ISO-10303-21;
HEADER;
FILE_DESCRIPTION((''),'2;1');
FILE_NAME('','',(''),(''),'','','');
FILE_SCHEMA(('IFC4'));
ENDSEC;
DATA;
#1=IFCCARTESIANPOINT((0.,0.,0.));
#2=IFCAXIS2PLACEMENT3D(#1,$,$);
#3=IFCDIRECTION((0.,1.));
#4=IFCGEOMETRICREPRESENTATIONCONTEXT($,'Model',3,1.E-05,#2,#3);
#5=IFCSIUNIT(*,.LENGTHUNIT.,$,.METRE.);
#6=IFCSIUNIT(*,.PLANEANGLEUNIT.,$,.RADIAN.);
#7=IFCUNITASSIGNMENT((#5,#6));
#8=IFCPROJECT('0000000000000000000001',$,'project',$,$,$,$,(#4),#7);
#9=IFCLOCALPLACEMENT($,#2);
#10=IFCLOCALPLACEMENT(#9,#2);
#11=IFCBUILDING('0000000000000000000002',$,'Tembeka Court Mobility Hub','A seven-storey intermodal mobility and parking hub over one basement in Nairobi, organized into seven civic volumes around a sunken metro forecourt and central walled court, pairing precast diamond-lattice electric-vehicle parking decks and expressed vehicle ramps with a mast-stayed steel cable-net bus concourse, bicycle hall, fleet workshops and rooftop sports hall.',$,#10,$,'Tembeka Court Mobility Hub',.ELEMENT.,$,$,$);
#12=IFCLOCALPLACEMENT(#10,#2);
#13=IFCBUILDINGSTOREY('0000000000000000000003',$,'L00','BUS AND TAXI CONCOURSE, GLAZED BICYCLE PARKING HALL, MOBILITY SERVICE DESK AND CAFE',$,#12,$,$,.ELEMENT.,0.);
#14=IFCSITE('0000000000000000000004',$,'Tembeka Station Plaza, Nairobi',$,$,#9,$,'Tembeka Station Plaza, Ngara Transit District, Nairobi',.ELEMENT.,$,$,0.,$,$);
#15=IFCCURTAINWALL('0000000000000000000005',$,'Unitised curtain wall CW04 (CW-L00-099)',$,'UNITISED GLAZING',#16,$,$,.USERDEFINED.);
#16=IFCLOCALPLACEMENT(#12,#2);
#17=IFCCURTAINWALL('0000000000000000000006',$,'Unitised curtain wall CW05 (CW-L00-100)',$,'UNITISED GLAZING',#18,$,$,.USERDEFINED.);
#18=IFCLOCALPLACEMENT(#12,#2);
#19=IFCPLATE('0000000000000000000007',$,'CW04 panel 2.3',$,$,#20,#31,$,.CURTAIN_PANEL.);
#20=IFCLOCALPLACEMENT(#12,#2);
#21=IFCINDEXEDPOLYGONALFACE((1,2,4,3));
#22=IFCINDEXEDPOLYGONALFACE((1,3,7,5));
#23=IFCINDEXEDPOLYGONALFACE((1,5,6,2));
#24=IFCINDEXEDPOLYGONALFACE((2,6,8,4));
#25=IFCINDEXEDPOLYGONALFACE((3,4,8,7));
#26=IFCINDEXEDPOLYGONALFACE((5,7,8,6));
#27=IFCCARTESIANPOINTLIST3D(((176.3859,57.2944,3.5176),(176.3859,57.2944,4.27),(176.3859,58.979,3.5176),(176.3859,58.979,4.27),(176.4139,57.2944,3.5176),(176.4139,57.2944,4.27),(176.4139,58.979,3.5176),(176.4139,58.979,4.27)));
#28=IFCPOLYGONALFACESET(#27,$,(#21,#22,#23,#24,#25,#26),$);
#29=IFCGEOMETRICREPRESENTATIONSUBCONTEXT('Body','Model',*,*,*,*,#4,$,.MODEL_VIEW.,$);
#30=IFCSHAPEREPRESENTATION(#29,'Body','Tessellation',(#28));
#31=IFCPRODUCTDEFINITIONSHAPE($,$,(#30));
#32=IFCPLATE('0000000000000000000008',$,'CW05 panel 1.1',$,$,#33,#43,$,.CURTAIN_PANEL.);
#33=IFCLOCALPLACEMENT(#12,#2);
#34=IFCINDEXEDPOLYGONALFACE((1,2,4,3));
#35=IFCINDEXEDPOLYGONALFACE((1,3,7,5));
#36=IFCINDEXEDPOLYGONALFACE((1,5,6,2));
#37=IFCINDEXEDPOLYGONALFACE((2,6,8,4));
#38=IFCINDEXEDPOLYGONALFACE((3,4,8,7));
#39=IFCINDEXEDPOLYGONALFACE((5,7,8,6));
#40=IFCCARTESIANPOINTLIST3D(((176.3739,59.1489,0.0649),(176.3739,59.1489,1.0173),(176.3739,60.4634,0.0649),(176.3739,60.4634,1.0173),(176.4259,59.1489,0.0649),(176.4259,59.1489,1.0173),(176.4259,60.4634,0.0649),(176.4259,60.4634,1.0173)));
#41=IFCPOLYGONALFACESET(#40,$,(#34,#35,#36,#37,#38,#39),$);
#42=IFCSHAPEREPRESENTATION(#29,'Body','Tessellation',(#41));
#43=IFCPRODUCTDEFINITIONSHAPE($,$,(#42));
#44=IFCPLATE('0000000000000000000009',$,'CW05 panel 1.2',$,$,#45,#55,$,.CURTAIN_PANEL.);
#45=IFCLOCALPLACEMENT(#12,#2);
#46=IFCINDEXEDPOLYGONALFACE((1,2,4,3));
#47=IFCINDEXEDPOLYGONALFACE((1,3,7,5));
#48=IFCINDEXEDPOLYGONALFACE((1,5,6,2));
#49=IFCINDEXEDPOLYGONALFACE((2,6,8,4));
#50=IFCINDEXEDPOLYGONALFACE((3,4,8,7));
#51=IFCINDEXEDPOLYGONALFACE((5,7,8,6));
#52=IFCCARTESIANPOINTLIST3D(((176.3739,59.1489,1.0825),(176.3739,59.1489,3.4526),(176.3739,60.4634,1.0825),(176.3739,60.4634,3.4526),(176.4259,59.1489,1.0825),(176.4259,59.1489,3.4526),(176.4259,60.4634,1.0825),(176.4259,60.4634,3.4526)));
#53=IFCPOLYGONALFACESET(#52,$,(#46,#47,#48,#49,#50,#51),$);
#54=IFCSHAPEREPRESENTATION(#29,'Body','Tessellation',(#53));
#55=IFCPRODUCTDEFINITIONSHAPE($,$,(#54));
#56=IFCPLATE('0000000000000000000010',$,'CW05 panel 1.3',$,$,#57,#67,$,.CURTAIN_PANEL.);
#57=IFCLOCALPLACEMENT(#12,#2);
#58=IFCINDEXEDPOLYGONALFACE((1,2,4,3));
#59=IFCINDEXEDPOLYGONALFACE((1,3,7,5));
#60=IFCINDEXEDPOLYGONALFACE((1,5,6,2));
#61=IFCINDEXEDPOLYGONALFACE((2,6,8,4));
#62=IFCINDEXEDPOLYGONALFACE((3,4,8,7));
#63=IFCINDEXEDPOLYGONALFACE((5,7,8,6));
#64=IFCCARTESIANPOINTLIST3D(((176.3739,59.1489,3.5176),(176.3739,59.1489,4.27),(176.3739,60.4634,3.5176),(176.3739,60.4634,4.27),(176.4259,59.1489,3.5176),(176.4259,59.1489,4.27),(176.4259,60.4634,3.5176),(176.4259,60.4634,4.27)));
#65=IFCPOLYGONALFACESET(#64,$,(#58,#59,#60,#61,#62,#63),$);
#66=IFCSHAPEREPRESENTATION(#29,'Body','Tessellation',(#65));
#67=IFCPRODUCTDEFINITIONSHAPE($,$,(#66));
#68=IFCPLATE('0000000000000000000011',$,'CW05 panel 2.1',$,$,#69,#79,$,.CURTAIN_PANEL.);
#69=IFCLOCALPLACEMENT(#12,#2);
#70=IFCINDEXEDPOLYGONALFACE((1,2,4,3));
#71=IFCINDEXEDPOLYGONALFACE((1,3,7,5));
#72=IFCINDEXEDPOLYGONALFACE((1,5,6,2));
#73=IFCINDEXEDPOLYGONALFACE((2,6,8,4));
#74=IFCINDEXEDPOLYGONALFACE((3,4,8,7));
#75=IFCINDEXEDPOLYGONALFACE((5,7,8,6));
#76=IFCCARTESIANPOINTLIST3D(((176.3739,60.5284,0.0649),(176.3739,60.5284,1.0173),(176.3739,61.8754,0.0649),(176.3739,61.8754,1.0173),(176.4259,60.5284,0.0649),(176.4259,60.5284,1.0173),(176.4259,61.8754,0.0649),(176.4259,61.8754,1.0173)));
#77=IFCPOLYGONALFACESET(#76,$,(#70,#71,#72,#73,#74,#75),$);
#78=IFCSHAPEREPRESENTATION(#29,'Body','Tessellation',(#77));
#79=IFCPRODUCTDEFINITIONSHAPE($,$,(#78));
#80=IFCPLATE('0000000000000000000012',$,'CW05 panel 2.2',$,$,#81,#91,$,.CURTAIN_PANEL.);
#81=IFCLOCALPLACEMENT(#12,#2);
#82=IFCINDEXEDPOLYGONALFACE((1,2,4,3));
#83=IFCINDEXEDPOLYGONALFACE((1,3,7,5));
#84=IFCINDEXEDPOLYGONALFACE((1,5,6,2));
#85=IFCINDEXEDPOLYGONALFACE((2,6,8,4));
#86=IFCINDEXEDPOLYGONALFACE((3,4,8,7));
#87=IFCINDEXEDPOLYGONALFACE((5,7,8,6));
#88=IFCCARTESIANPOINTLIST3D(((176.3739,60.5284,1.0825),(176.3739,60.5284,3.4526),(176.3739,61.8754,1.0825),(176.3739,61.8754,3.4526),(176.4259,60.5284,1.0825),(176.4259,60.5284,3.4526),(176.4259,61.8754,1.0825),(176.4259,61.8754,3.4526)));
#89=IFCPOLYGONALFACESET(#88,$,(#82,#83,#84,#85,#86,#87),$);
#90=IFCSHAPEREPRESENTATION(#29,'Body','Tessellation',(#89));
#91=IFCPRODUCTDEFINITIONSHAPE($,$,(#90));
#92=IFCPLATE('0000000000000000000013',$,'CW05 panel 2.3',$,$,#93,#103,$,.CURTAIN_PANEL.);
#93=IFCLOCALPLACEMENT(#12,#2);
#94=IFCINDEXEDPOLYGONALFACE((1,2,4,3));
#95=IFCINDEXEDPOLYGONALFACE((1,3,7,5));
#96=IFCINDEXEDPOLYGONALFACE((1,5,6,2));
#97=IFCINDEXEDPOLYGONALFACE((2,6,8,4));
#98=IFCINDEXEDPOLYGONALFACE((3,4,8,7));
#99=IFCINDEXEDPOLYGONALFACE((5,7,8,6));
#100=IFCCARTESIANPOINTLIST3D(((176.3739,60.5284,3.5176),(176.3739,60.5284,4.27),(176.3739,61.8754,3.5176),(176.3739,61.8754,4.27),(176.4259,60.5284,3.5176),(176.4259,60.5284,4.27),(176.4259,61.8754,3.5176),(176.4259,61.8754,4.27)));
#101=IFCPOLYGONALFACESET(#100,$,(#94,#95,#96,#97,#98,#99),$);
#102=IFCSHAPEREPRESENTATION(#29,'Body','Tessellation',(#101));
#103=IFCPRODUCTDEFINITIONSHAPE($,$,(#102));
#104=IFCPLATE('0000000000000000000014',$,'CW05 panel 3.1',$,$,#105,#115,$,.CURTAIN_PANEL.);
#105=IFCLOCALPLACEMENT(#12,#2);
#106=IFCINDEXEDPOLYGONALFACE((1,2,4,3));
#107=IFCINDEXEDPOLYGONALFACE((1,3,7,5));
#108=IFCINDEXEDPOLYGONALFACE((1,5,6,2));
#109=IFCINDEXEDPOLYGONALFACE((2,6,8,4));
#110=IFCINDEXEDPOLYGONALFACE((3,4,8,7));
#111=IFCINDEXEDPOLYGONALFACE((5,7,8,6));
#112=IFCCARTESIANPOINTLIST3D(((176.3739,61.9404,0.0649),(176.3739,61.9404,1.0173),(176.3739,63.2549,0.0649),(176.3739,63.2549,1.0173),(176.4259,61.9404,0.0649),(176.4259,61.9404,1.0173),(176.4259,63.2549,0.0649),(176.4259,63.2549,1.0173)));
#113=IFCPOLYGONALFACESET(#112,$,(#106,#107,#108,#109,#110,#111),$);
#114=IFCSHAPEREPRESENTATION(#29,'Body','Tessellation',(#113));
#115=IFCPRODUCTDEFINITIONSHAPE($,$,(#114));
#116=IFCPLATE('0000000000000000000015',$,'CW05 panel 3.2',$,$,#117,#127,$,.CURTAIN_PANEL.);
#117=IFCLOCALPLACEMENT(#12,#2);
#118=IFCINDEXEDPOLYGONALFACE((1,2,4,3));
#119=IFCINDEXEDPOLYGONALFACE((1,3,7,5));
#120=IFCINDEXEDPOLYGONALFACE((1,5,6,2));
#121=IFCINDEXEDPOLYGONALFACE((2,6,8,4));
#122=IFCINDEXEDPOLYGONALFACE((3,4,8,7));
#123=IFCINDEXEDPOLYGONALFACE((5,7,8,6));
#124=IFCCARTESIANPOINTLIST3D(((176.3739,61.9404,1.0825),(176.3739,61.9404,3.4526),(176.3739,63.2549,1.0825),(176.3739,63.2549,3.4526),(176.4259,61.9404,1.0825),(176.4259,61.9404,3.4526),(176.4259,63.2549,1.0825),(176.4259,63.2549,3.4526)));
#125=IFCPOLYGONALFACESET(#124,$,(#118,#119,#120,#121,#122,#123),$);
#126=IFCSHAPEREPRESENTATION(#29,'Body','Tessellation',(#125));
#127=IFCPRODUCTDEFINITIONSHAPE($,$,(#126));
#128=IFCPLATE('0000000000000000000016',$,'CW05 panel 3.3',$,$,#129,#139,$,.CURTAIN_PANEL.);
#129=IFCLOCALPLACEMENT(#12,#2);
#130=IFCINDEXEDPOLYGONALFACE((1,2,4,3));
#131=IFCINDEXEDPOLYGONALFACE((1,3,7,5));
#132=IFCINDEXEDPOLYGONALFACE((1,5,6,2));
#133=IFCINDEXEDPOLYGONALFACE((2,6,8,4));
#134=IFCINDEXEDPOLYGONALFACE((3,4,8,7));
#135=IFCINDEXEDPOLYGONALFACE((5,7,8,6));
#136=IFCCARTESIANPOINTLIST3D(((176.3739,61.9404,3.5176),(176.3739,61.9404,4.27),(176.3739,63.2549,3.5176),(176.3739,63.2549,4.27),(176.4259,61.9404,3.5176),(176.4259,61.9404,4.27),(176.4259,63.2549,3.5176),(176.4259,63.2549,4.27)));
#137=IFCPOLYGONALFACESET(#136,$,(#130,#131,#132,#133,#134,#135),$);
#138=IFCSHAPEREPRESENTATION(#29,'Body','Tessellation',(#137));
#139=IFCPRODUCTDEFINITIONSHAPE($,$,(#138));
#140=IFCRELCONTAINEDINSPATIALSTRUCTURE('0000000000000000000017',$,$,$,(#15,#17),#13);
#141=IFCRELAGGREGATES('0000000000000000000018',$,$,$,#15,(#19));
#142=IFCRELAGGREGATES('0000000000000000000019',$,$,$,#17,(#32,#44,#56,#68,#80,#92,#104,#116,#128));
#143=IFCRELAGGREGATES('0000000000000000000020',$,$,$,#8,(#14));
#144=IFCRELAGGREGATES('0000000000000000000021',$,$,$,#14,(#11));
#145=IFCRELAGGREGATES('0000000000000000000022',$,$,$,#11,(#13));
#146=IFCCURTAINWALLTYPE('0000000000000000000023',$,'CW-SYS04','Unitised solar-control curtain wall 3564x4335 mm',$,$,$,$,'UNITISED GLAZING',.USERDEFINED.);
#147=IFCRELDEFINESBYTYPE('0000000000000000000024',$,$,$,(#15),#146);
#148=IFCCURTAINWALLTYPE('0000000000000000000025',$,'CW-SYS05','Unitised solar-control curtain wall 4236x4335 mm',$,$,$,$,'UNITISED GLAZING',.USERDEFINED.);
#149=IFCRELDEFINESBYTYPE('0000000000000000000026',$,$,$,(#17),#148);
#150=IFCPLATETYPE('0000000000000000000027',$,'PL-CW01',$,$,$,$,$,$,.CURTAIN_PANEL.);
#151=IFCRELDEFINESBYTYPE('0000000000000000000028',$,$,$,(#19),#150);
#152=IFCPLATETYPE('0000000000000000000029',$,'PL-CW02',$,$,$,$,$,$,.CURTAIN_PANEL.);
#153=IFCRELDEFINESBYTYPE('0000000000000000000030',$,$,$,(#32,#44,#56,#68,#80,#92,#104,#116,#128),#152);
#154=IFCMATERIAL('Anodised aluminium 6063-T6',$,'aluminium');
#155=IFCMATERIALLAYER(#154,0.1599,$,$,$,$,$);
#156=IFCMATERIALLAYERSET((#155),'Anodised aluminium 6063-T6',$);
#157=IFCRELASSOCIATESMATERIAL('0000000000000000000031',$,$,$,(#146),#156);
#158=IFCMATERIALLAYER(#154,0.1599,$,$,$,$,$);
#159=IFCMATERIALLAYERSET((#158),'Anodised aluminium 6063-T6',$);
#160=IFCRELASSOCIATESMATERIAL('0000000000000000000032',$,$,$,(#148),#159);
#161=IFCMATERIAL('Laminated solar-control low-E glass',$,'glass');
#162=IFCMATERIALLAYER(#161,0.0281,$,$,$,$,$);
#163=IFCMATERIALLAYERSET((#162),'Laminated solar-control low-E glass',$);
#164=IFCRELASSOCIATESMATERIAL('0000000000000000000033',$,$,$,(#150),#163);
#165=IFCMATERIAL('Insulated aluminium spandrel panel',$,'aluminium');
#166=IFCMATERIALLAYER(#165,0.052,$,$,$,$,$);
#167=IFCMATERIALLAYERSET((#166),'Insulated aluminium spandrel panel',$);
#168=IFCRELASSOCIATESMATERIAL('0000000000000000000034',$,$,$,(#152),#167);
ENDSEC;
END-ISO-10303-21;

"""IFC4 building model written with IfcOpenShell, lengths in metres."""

from ifc_helpers import new_model, si_unit, direction, frame, origin, origin_2d, place, context, subcontext, project, spatial, rectangle, extrude, material, layer, layer_set, type_object, element, aggregate, save


model = new_model("IFC4")

# Units and contexts
model_context = context("Model", 3, precision=1e-05, world=origin(), true_north=direction((0.0, 1.0)))
body_context = subcontext(model_context, "Body", "Model", "MODEL_VIEW")
ifc_project = project(units=[si_unit("LENGTHUNIT", "METRE"), si_unit("PLANEANGLEUNIT", "RADIAN")], contexts=[model_context])

# Site, building, storey
site_placement = place(None, origin())
site = spatial("IfcSite", under=ifc_project, at=site_placement, Name="Tembeka Station Plaza, Nairobi", LongName="Tembeka Station Plaza, Ngara Transit District, Nairobi", CompositionType="ELEMENT", RefElevation=0.0)
building_placement = place(site_placement, origin())
building = spatial("IfcBuilding", under=site, at=building_placement, Name="Tembeka Court Mobility Hub", Description="A seven-storey intermodal mobility and parking hub over one basement in Nairobi, organized into seven civic volumes around a sunken metro forecourt and central walled court, pairing precast diamond-lattice electric-vehicle parking decks and expressed vehicle ramps with a mast-stayed steel cable-net bus concourse, bicycle hall, fleet workshops and rooftop sports hall.", LongName="Tembeka Court Mobility Hub", CompositionType="ELEMENT")
storey_placement = place(building_placement, origin())
storey = spatial("IfcBuildingStorey", under=building, at=storey_placement, Name="L00", Description="BUS AND TAXI CONCOURSE, GLAZED BICYCLE PARKING HALL, MOBILITY SERVICE DESK AND CAFE", CompositionType="ELEMENT", Elevation=0.0)

# Curtain wall
ifc_material_1 = material(Name="Anodised aluminium 6063-T6", Category="aluminium")
ifc_layer_1 = layer(ifc_material_1, 0.1599)
ifc_layer_set_1 = layer_set([ifc_layer_1], Name="Anodised aluminium 6063-T6")
curtain_wall_type_1 = type_object("IfcCurtainWallType", Name="CW-SYS04", Description="Unitised solar-control curtain wall 3564x4335 mm", ElementType="UNITISED GLAZING", PredefinedType="USERDEFINED", material=ifc_layer_set_1)
curtain_wall_1_placement = place(storey_placement, origin())
curtain_wall_1 = element("IfcCurtainWall", 1, at=curtain_wall_1_placement, inside=storey, type_object=curtain_wall_type_1, Name="Unitised curtain wall CW04 (CW-L00-099)", ObjectType="UNITISED GLAZING", PredefinedType="USERDEFINED")

# Curtain wall
ifc_layer_2 = layer(ifc_material_1, 0.1599)
ifc_layer_set_2 = layer_set([ifc_layer_2], Name="Anodised aluminium 6063-T6")
curtain_wall_type_2 = type_object("IfcCurtainWallType", Name="CW-SYS05", Description="Unitised solar-control curtain wall 4236x4335 mm", ElementType="UNITISED GLAZING", PredefinedType="USERDEFINED", material=ifc_layer_set_2)
curtain_wall_2_placement = place(storey_placement, origin())
curtain_wall_2 = element("IfcCurtainWall", 2, at=curtain_wall_2_placement, inside=storey, type_object=curtain_wall_type_2, Name="Unitised curtain wall CW05 (CW-L00-100)", ObjectType="UNITISED GLAZING", PredefinedType="USERDEFINED")

# Plates
ifc_material_2 = material(Name="Laminated solar-control low-E glass", Category="glass")
ifc_layer_3 = layer(ifc_material_2, 0.0281)
ifc_layer_set_3 = layer_set([ifc_layer_3], Name="Laminated solar-control low-E glass")
plate_type_1 = type_object("IfcPlateType", Name="PL-CW01", PredefinedType="CURTAIN_PANEL", material=ifc_layer_set_3)
plate_1_placement = place(storey_placement, frame((176.3999, 58.1367, 3.5176), z_axis=(0.0, 0.0, 1.0), x_axis=(0.0, 1.0, 0.0)))
plate_1 = element("IfcPlate", 3, at=plate_1_placement, type_object=plate_type_1, Name="CW04 panel 2.3", PredefinedType="CURTAIN_PANEL", context=body_context, shape_type="SweptSolid", body=[
    extrude(rectangle(XDim=1.6846, YDim=0.0281, at=origin_2d()), origin(), (0.0, 0.0, 1.0), 0.7524),
])
aggregate(curtain_wall_1, [plate_1])
ifc_material_3 = material(Name="Insulated aluminium spandrel panel", Category="aluminium")
ifc_layer_4 = layer(ifc_material_3, 0.052)
ifc_layer_set_4 = layer_set([ifc_layer_4], Name="Insulated aluminium spandrel panel")
plate_type_2 = type_object("IfcPlateType", Name="PL-CW02", PredefinedType="CURTAIN_PANEL", material=ifc_layer_set_4)
plate_2_placement = place(storey_placement, frame((176.3999, 59.8062, 0.0649), z_axis=(0.0, 0.0, 1.0), x_axis=(0.0, 1.0, 0.0)))
plate_2 = element("IfcPlate", 4, at=plate_2_placement, type_object=plate_type_2, Name="CW05 panel 1.1", PredefinedType="CURTAIN_PANEL", context=body_context, shape_type="SweptSolid", body=[
    extrude(rectangle(XDim=1.3145, YDim=0.052, at=origin_2d()), origin(), (0.0, 0.0, 1.0), 0.9524),
])
plate_3_placement = place(storey_placement, frame((176.3999, 59.8062, 1.0825), z_axis=(0.0, 0.0, 1.0), x_axis=(0.0, 1.0, 0.0)))
plate_3 = element("IfcPlate", 5, at=plate_3_placement, type_object=plate_type_2, Name="CW05 panel 1.2", PredefinedType="CURTAIN_PANEL", context=body_context, shape_type="SweptSolid", body=[
    extrude(rectangle(XDim=1.3145, YDim=0.052, at=origin_2d()), origin(), (0.0, 0.0, 1.0), 2.3701),
])
plate_4_placement = place(storey_placement, frame((176.3999, 59.8062, 3.5176), z_axis=(0.0, 0.0, 1.0), x_axis=(0.0, 1.0, 0.0)))
plate_4 = element("IfcPlate", 6, at=plate_4_placement, type_object=plate_type_2, Name="CW05 panel 1.3", PredefinedType="CURTAIN_PANEL", context=body_context, shape_type="SweptSolid", body=[
    extrude(rectangle(XDim=1.3145, YDim=0.052, at=origin_2d()), origin(), (0.0, 0.0, 1.0), 0.7524),
])
plate_5_placement = place(storey_placement, frame((176.3999, 61.2019, 0.0649), z_axis=(0.0, 0.0, 1.0), x_axis=(0.0, 1.0, 0.0)))
plate_5 = element("IfcPlate", 7, at=plate_5_placement, type_object=plate_type_2, Name="CW05 panel 2.1", PredefinedType="CURTAIN_PANEL", context=body_context, shape_type="SweptSolid", body=[
    extrude(rectangle(XDim=1.3469, YDim=0.052, at=origin_2d()), origin(), (0.0, 0.0, 1.0), 0.9524),
])
plate_6_placement = place(storey_placement, frame((176.3999, 61.2019, 1.0825), z_axis=(0.0, 0.0, 1.0), x_axis=(0.0, 1.0, 0.0)))
plate_6 = element("IfcPlate", 8, at=plate_6_placement, type_object=plate_type_2, Name="CW05 panel 2.2", PredefinedType="CURTAIN_PANEL", context=body_context, shape_type="SweptSolid", body=[
    extrude(rectangle(XDim=1.3469, YDim=0.052, at=origin_2d()), origin(), (0.0, 0.0, 1.0), 2.3701),
])
plate_7_placement = place(storey_placement, frame((176.3999, 61.2019, 3.5176), z_axis=(0.0, 0.0, 1.0), x_axis=(0.0, 1.0, 0.0)))
plate_7 = element("IfcPlate", 9, at=plate_7_placement, type_object=plate_type_2, Name="CW05 panel 2.3", PredefinedType="CURTAIN_PANEL", context=body_context, shape_type="SweptSolid", body=[
    extrude(rectangle(XDim=1.3469, YDim=0.052, at=origin_2d()), origin(), (0.0, 0.0, 1.0), 0.7524),
])
plate_8_placement = place(storey_placement, frame((176.3999, 62.5977, 0.0649), z_axis=(0.0, 0.0, 1.0), x_axis=(0.0, 1.0, 0.0)))
plate_8 = element("IfcPlate", 10, at=plate_8_placement, type_object=plate_type_2, Name="CW05 panel 3.1", PredefinedType="CURTAIN_PANEL", context=body_context, shape_type="SweptSolid", body=[
    extrude(rectangle(XDim=1.3145, YDim=0.052, at=origin_2d()), origin(), (0.0, 0.0, 1.0), 0.9524),
])
plate_9_placement = place(storey_placement, frame((176.3999, 62.5977, 1.0825), z_axis=(0.0, 0.0, 1.0), x_axis=(0.0, 1.0, 0.0)))
plate_9 = element("IfcPlate", 11, at=plate_9_placement, type_object=plate_type_2, Name="CW05 panel 3.2", PredefinedType="CURTAIN_PANEL", context=body_context, shape_type="SweptSolid", body=[
    extrude(rectangle(XDim=1.3145, YDim=0.052, at=origin_2d()), origin(), (0.0, 0.0, 1.0), 2.3701),
])
plate_10_placement = place(storey_placement, frame((176.3999, 62.5977, 3.5176), z_axis=(0.0, 0.0, 1.0), x_axis=(0.0, 1.0, 0.0)))
plate_10 = element("IfcPlate", 12, at=plate_10_placement, type_object=plate_type_2, Name="CW05 panel 3.3", PredefinedType="CURTAIN_PANEL", context=body_context, shape_type="SweptSolid", body=[
    extrude(rectangle(XDim=1.3145, YDim=0.052, at=origin_2d()), origin(), (0.0, 0.0, 1.0), 0.7524),
])
aggregate(curtain_wall_2, [plate_2, plate_3, plate_4, plate_5, plate_6, plate_7, plate_8, plate_9, plate_10])

save(model, "model.ifc")
